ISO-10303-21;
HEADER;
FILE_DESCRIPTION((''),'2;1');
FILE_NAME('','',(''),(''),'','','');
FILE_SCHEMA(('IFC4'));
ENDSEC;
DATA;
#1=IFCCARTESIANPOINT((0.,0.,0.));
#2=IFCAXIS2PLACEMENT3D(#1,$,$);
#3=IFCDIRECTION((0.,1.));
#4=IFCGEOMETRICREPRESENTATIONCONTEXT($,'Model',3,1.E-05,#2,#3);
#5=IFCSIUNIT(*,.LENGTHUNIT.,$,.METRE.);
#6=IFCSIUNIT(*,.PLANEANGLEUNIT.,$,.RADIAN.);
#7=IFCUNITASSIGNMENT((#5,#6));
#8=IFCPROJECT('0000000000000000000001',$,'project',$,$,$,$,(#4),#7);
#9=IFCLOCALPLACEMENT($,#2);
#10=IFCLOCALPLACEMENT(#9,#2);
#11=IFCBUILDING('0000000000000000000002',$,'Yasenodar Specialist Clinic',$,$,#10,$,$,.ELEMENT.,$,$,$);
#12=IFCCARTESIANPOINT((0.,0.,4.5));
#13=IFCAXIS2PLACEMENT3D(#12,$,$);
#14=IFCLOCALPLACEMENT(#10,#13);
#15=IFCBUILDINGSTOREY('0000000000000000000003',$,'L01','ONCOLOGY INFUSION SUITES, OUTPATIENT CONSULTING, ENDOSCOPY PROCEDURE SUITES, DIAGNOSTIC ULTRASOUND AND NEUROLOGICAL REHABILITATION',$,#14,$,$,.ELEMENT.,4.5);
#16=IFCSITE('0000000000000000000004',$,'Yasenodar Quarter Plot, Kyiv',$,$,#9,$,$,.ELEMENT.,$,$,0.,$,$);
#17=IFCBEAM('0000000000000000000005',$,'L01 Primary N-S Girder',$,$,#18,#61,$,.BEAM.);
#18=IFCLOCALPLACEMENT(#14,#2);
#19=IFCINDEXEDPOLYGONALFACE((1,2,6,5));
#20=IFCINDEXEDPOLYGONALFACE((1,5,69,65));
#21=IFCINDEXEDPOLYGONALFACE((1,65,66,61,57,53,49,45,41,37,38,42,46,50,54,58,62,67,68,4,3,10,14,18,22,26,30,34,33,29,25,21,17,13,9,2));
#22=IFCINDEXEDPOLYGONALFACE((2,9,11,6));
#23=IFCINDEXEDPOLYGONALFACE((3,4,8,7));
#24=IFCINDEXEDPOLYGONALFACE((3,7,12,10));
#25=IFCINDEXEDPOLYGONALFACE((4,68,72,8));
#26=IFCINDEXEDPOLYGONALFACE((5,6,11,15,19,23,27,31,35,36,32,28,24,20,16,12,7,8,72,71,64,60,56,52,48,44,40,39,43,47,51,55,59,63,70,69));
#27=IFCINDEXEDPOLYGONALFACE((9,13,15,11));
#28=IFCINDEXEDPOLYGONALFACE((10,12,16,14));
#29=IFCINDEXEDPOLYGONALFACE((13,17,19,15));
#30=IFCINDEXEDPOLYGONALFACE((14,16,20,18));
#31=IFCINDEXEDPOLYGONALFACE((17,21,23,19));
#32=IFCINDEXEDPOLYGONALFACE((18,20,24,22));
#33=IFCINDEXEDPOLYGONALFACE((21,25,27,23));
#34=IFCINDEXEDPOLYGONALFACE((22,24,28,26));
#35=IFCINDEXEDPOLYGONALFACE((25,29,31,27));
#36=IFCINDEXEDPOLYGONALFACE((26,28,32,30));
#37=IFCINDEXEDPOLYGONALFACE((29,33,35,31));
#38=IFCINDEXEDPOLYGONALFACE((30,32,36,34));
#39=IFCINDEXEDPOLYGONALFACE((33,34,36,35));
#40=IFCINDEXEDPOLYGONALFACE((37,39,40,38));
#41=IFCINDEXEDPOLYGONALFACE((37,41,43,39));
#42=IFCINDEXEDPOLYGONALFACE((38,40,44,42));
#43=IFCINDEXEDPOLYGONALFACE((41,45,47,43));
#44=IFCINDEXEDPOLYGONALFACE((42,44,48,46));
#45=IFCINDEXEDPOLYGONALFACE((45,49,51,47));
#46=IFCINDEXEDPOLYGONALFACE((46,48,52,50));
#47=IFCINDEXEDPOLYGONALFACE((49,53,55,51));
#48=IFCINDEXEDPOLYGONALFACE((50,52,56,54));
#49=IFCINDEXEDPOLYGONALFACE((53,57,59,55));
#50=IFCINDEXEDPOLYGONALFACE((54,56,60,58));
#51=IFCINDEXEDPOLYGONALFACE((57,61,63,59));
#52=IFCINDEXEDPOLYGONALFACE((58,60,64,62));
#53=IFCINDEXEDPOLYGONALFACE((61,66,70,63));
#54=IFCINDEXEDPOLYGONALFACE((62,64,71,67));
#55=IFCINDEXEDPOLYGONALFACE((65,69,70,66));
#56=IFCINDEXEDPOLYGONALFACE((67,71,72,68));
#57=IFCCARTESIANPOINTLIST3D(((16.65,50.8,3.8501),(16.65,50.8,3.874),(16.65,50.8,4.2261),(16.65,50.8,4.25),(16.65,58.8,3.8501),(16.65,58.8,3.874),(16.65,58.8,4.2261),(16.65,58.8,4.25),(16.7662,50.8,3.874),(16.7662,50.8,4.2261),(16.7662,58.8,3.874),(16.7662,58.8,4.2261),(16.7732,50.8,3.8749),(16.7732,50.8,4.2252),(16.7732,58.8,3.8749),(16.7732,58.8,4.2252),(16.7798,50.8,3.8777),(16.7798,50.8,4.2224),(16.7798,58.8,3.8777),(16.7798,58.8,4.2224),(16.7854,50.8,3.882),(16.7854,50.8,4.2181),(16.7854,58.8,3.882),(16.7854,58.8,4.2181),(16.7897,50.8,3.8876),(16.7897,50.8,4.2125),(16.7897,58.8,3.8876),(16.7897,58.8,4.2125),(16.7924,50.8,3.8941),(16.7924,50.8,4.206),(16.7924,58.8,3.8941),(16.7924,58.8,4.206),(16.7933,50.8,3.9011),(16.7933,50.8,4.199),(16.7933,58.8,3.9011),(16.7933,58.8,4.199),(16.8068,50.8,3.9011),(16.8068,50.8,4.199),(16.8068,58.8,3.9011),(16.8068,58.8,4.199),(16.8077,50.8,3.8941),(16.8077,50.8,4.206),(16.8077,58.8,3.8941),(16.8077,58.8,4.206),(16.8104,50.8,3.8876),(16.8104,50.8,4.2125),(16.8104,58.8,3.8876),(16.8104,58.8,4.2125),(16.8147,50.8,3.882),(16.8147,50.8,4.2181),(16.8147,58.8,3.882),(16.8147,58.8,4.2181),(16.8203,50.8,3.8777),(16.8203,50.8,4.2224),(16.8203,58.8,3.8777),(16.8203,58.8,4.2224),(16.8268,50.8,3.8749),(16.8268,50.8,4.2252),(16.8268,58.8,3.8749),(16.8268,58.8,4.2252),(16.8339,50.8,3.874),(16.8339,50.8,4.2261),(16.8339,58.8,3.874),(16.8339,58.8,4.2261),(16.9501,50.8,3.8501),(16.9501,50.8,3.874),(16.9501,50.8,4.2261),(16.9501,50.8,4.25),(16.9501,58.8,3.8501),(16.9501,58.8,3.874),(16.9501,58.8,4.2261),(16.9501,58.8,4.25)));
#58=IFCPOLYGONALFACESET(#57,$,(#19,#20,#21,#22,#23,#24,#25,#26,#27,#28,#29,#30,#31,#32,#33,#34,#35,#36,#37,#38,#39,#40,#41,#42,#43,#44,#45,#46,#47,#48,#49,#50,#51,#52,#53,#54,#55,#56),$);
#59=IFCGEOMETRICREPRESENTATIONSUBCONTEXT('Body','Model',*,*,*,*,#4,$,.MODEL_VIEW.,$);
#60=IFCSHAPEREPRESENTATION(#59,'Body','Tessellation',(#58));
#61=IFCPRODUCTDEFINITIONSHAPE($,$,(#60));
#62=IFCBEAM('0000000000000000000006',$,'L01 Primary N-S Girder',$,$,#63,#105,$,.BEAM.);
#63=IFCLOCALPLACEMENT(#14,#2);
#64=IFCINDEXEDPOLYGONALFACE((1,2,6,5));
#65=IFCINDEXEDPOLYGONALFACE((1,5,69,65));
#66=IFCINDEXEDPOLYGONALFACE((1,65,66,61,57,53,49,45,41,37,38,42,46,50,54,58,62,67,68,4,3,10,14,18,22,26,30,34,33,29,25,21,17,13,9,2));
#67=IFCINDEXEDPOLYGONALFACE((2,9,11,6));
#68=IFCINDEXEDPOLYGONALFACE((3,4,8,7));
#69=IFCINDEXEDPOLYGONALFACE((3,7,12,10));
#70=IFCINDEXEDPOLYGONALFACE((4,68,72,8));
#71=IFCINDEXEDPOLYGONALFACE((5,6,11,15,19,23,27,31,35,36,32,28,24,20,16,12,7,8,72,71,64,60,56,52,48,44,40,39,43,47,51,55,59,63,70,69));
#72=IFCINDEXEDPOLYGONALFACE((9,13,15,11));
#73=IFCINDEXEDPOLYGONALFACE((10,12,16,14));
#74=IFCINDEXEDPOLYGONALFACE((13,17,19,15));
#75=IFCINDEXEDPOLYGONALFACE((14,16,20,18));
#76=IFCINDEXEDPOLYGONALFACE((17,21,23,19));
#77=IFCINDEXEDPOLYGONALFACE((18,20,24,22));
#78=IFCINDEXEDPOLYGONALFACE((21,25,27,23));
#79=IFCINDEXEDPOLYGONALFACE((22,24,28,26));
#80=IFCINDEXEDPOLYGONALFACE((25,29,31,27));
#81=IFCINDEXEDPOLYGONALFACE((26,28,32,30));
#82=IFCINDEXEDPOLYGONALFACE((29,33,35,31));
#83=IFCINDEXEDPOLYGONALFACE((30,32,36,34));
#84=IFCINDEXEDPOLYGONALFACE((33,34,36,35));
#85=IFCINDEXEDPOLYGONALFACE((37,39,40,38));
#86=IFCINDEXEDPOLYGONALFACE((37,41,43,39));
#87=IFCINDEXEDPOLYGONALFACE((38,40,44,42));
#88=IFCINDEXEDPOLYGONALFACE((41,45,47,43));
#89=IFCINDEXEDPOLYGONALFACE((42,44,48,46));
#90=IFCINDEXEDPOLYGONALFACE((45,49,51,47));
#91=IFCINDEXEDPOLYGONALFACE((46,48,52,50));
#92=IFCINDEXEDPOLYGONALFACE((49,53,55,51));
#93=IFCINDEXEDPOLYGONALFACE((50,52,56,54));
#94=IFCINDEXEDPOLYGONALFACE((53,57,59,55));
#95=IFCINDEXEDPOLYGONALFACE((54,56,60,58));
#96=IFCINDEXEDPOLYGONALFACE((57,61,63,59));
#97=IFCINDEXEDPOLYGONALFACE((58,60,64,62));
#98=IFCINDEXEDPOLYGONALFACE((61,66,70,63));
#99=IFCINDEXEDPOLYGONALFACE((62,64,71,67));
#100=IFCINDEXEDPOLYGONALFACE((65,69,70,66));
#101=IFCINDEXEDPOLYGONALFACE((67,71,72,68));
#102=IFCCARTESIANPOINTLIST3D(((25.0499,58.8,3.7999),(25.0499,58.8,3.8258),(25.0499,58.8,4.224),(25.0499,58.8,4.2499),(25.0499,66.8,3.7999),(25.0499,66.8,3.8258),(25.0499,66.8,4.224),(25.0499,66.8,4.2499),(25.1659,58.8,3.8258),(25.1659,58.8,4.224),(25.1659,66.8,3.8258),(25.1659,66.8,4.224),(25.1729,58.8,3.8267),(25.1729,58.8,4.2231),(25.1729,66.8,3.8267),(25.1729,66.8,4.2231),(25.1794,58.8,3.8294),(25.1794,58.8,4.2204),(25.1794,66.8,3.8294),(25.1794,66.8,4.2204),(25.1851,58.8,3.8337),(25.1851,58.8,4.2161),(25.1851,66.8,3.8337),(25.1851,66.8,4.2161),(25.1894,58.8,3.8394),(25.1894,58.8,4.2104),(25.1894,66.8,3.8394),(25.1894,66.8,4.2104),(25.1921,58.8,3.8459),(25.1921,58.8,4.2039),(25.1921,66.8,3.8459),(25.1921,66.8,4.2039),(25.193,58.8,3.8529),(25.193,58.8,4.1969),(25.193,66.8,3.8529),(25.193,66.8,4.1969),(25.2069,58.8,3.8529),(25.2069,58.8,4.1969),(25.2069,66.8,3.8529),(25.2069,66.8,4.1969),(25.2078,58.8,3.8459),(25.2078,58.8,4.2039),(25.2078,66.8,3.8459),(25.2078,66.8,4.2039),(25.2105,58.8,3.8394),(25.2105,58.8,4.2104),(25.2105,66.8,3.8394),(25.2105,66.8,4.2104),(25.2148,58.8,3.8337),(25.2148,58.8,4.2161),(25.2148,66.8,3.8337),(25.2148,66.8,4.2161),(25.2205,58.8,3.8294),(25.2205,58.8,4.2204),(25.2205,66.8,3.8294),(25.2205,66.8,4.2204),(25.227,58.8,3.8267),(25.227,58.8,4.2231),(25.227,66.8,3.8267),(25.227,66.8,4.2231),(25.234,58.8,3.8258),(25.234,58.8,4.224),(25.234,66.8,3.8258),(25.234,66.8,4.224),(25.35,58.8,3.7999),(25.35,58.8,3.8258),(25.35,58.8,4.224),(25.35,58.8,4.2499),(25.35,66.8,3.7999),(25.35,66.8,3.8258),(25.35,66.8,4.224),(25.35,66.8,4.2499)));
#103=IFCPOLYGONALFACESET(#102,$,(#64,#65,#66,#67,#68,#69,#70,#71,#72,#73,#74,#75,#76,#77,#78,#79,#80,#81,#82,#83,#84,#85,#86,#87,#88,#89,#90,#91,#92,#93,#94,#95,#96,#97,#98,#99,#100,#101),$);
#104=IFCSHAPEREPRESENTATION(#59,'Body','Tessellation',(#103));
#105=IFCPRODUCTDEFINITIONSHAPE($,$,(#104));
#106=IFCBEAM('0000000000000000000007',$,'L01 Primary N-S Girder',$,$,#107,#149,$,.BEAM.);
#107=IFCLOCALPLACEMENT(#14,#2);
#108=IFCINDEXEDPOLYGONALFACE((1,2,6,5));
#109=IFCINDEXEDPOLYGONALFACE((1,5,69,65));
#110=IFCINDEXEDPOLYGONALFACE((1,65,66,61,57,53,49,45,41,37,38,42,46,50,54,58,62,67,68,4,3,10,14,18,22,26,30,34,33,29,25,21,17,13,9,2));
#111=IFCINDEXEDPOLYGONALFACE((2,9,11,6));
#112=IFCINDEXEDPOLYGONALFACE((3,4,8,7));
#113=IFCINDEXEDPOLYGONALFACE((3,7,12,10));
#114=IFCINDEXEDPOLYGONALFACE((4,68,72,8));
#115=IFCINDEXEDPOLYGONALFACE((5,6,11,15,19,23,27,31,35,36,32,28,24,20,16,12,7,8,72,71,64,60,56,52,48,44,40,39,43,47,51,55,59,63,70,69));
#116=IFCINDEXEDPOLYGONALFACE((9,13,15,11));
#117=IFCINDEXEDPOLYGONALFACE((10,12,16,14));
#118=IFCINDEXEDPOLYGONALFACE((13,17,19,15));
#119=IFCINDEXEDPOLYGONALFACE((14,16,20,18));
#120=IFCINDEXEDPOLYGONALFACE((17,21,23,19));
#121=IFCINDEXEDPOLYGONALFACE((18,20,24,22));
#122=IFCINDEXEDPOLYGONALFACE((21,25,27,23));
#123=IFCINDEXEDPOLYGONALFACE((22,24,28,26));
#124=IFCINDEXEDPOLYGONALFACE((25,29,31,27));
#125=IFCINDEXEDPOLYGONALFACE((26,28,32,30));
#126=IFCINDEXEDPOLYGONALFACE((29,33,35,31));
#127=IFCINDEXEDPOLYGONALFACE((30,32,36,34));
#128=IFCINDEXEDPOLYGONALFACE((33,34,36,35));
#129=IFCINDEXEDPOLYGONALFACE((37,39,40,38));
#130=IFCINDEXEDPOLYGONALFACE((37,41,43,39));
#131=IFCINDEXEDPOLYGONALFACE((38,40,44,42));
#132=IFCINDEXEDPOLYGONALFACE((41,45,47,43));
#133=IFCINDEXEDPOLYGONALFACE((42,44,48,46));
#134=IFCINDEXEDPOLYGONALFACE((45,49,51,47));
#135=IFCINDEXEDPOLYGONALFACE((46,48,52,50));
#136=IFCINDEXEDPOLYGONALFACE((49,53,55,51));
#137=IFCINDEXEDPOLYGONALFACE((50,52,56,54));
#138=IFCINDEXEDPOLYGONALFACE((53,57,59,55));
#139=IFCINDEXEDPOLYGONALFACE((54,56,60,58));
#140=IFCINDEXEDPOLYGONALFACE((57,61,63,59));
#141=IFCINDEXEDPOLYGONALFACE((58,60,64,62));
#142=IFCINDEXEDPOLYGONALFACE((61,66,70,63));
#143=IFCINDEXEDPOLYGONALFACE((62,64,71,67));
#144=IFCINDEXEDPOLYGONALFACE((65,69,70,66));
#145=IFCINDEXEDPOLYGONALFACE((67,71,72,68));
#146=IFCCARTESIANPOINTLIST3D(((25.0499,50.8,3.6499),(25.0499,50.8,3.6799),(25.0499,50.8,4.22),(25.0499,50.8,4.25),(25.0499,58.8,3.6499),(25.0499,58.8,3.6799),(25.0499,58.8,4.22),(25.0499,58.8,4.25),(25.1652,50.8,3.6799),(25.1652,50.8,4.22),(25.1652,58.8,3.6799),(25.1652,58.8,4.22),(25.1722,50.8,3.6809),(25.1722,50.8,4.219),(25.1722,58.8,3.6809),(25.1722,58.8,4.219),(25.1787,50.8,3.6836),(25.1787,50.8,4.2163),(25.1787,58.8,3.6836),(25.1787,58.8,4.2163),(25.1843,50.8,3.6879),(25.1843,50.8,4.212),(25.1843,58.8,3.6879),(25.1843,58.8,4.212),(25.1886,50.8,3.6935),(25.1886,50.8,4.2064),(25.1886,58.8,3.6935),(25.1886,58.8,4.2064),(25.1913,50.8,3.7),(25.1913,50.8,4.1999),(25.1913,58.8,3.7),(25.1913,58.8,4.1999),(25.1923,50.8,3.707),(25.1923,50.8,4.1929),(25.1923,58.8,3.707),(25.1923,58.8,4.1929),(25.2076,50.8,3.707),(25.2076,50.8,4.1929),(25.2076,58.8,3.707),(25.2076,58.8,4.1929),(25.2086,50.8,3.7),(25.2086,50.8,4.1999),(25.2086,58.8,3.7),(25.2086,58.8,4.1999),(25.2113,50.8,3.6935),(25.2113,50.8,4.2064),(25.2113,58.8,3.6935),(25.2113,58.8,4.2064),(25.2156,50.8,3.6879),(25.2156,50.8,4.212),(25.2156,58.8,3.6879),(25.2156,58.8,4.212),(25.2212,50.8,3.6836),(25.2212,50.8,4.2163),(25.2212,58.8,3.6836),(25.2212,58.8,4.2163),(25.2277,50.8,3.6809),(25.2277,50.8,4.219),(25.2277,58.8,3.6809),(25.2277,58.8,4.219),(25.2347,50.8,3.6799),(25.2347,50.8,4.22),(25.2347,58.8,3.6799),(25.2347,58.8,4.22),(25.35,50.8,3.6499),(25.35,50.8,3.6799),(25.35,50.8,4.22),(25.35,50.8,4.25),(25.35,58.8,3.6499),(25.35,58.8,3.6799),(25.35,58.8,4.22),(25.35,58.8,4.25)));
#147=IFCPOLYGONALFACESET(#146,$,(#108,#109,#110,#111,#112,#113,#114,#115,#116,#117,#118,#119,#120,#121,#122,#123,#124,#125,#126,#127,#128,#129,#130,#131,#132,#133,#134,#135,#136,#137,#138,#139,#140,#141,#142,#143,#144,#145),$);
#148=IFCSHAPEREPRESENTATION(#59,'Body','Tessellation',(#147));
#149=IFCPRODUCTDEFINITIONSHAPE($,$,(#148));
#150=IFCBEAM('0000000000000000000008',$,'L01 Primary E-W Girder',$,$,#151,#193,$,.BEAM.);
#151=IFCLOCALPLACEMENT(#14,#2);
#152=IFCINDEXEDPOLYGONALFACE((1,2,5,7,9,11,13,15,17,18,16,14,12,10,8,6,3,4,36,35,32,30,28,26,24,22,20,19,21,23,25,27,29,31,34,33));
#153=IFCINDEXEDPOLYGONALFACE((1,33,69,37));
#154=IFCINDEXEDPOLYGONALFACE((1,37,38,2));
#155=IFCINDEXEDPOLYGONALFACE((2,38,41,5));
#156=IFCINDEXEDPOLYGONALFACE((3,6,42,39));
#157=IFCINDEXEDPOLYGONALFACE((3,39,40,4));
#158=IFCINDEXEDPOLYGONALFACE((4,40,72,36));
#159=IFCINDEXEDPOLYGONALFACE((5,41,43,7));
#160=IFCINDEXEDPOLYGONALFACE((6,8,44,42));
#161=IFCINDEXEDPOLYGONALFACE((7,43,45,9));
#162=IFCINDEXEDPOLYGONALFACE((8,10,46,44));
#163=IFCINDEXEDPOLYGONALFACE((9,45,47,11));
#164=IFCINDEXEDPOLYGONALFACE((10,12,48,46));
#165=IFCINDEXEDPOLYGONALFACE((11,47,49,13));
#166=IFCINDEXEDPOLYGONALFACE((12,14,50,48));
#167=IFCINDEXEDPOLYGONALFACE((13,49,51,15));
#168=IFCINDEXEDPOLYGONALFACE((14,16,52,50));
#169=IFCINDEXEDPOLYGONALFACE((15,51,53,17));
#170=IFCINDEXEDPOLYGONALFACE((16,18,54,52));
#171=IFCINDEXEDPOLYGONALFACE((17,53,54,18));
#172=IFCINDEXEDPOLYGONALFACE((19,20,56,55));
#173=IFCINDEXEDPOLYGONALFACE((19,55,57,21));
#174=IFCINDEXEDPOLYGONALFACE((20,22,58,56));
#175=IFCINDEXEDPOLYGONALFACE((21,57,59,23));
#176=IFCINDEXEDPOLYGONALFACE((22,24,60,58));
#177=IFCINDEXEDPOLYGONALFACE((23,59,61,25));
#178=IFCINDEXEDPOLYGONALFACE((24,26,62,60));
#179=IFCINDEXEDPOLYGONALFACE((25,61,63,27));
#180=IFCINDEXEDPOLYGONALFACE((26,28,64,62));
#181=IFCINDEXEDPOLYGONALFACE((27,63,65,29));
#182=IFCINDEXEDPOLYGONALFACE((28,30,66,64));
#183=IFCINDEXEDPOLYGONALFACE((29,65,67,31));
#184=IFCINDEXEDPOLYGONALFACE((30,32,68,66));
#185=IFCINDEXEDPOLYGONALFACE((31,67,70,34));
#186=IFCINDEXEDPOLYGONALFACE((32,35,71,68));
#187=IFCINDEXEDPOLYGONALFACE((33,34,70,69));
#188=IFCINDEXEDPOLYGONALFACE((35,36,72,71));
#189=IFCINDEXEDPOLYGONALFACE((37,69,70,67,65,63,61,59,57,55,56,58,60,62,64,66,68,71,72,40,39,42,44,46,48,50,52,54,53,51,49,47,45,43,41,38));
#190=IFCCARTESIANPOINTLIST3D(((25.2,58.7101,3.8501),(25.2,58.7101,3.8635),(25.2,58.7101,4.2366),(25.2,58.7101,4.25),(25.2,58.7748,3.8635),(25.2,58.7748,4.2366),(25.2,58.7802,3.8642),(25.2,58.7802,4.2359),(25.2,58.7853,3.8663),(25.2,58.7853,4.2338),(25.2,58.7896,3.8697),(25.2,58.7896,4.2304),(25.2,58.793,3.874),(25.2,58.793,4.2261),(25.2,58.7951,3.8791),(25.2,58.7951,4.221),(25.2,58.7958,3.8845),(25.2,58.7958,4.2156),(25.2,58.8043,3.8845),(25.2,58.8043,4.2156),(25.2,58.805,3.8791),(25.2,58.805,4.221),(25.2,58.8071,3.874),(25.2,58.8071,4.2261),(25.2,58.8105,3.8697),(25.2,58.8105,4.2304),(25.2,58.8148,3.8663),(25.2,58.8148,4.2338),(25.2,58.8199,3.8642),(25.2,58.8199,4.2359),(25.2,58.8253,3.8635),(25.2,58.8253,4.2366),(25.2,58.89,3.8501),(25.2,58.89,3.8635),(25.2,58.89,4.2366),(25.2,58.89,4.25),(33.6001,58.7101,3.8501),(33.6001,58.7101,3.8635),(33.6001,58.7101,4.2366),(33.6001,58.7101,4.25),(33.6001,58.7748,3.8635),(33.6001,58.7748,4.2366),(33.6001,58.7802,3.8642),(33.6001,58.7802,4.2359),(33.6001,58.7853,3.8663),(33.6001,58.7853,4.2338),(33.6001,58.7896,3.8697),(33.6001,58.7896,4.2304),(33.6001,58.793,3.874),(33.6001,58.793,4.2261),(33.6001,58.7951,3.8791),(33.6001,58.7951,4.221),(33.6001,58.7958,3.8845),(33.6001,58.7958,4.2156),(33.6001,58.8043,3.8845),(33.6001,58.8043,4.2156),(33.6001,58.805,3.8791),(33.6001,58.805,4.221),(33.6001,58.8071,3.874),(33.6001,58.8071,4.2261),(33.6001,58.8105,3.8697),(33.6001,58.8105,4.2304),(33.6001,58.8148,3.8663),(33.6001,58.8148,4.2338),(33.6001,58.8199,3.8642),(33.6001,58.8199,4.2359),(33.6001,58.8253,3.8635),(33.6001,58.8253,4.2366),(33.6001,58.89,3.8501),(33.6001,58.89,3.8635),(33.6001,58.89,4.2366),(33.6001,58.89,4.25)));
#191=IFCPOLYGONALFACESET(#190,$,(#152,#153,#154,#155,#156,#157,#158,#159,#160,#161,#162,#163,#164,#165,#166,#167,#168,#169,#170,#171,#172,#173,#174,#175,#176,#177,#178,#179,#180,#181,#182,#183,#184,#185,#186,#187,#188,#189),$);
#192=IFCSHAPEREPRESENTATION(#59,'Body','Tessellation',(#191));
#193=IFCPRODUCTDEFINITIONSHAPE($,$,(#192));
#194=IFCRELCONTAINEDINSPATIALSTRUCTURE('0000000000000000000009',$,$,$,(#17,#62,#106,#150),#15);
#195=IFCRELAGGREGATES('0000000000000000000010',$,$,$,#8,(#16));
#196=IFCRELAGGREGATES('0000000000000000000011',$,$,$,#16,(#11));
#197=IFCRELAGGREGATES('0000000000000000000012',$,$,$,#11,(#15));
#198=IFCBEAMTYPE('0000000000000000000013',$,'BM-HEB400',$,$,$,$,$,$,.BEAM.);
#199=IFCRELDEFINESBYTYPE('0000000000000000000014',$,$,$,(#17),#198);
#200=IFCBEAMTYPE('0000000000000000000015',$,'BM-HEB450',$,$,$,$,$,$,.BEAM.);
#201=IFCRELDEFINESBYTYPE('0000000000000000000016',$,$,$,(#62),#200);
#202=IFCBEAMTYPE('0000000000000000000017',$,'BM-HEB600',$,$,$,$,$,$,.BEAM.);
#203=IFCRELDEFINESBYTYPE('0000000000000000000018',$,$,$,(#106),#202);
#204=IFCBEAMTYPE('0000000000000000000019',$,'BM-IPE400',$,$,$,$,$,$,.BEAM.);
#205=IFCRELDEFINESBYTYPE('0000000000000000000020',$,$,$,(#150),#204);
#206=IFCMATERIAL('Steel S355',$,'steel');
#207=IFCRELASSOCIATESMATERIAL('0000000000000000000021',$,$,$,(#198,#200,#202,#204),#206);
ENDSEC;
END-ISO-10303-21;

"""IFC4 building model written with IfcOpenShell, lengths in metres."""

from ifc_helpers import new_model, si_unit, direction, frame, origin, origin_2d, place, context, subcontext, project, spatial, i_section, extrude, material, material_profile, profile_set, type_object, element, save


model = new_model("IFC4")

# Units and contexts
model_context = context("Model", 3, precision=1e-05, world=origin(), true_north=direction((0.0, 1.0)))
body_context = subcontext(model_context, "Body", "Model", "MODEL_VIEW")
ifc_project = project(units=[si_unit("LENGTHUNIT", "METRE"), si_unit("PLANEANGLEUNIT", "RADIAN")], contexts=[model_context])

# Site, building, storey
site_placement = place(None, origin())
site = spatial("IfcSite", under=ifc_project, at=site_placement, Name="Yasenodar Quarter Plot, Kyiv", CompositionType="ELEMENT", RefElevation=0.0)
building_placement = place(site_placement, origin())
building = spatial("IfcBuilding", under=site, at=building_placement, Name="Yasenodar Specialist Clinic", CompositionType="ELEMENT")
storey_placement = place(building_placement, frame((0.0, 0.0, 4.5)))
storey = spatial("IfcBuildingStorey", under=building, at=storey_placement, Name="L01", Description="ONCOLOGY INFUSION SUITES, OUTPATIENT CONSULTING, ENDOSCOPY PROCEDURE SUITES, DIAGNOSTIC ULTRASOUND AND NEUROLOGICAL REHABILITATION", CompositionType="ELEMENT", Elevation=4.5)

# Shared definitions
ifc_material_1 = material(Name="Steel S355", Category="steel")

# Beams
ifc_material_profile_1 = material_profile(ifc_material_1, i_section(OverallWidth=0.3, OverallDepth=0.3999, WebThickness=0.0134, FlangeThickness=0.0239, FilletRadius=0.0271, at=origin_2d()), Name="HEB 400")
ifc_profile_set_1 = profile_set([ifc_material_profile_1], Name="Steel S355")
beam_type_1 = type_object("IfcBeamType", Name="BM-HEB400", PredefinedType="BEAM", material=ifc_profile_set_1)
beam_1_placement = place(storey_placement, frame((16.8, 50.8, 4.05), z_axis=(0.0, 1.0, 0.0), x_axis=(-1.0, 0.0, 0.0)))
element("IfcBeam", 1, at=beam_1_placement, inside=storey, type_object=beam_type_1, Name="L01 Primary N-S Girder", PredefinedType="BEAM", context=body_context, shape_type="SweptSolid", body=[
    extrude(i_section(OverallWidth=0.3, OverallDepth=0.3999, WebThickness=0.0134, FlangeThickness=0.0239, FilletRadius=0.0271, at=origin_2d()), origin(), (0.0, 0.0, 1.0), 8.0),
])
ifc_material_profile_2 = material_profile(ifc_material_1, i_section(OverallWidth=0.3, OverallDepth=0.45, WebThickness=0.0139, FlangeThickness=0.0259, FilletRadius=0.0271, at=origin_2d()), Name="HEB 450")
ifc_profile_set_2 = profile_set([ifc_material_profile_2], Name="Steel S355")
beam_type_2 = type_object("IfcBeamType", Name="BM-HEB450", PredefinedType="BEAM", material=ifc_profile_set_2)
beam_2_placement = place(storey_placement, frame((25.2, 58.8, 4.0249), z_axis=(0.0, 1.0, 0.0), x_axis=(-1.0, 0.0, 0.0)))
element("IfcBeam", 2, at=beam_2_placement, inside=storey, type_object=beam_type_2, Name="L01 Primary N-S Girder", PredefinedType="BEAM", context=body_context, shape_type="SweptSolid", body=[
    extrude(i_section(OverallWidth=0.3, OverallDepth=0.45, WebThickness=0.0139, FlangeThickness=0.0259, FilletRadius=0.0271, at=origin_2d()), origin(), (0.0, 0.0, 1.0), 8.0),
])
ifc_material_profile_3 = material_profile(ifc_material_1, i_section(OverallWidth=0.3, OverallDepth=0.6001, WebThickness=0.0154, FlangeThickness=0.03, FilletRadius=0.0271, at=origin_2d()), Name="HEB 600")
ifc_profile_set_3 = profile_set([ifc_material_profile_3], Name="Steel S355")
beam_type_3 = type_object("IfcBeamType", Name="BM-HEB600", PredefinedType="BEAM", material=ifc_profile_set_3)
beam_3_placement = place(storey_placement, frame((25.2, 50.8, 3.95), z_axis=(0.0, 1.0, 0.0), x_axis=(-1.0, 0.0, 0.0)))
element("IfcBeam", 3, at=beam_3_placement, inside=storey, type_object=beam_type_3, Name="L01 Primary N-S Girder", PredefinedType="BEAM", context=body_context, shape_type="SweptSolid", body=[
    extrude(i_section(OverallWidth=0.3, OverallDepth=0.6001, WebThickness=0.0154, FlangeThickness=0.03, FilletRadius=0.0271, at=origin_2d()), origin(), (0.0, 0.0, 1.0), 8.0),
])
ifc_material_profile_4 = material_profile(ifc_material_1, i_section(OverallWidth=0.1799, OverallDepth=0.3999, WebThickness=0.0085, FlangeThickness=0.0134, FilletRadius=0.021, at=origin_2d()), Name="IPE 400")
ifc_profile_set_4 = profile_set([ifc_material_profile_4], Name="Steel S355")
beam_type_4 = type_object("IfcBeamType", Name="BM-IPE400", PredefinedType="BEAM", material=ifc_profile_set_4)
beam_4_placement = place(storey_placement, frame((25.2, 58.8, 4.05), z_axis=(1.0, 0.0, 0.0), x_axis=(0.0, 1.0, 0.0)))
element("IfcBeam", 4, at=beam_4_placement, inside=storey, type_object=beam_type_4, Name="L01 Primary E-W Girder", PredefinedType="BEAM", context=body_context, shape_type="SweptSolid", body=[
    extrude(i_section(OverallWidth=0.1799, OverallDepth=0.3999, WebThickness=0.0085, FlangeThickness=0.0134, FilletRadius=0.021, at=origin_2d()), origin(), (0.0, 0.0, 1.0), 8.4001),
])

save(model, "model.ifc")
